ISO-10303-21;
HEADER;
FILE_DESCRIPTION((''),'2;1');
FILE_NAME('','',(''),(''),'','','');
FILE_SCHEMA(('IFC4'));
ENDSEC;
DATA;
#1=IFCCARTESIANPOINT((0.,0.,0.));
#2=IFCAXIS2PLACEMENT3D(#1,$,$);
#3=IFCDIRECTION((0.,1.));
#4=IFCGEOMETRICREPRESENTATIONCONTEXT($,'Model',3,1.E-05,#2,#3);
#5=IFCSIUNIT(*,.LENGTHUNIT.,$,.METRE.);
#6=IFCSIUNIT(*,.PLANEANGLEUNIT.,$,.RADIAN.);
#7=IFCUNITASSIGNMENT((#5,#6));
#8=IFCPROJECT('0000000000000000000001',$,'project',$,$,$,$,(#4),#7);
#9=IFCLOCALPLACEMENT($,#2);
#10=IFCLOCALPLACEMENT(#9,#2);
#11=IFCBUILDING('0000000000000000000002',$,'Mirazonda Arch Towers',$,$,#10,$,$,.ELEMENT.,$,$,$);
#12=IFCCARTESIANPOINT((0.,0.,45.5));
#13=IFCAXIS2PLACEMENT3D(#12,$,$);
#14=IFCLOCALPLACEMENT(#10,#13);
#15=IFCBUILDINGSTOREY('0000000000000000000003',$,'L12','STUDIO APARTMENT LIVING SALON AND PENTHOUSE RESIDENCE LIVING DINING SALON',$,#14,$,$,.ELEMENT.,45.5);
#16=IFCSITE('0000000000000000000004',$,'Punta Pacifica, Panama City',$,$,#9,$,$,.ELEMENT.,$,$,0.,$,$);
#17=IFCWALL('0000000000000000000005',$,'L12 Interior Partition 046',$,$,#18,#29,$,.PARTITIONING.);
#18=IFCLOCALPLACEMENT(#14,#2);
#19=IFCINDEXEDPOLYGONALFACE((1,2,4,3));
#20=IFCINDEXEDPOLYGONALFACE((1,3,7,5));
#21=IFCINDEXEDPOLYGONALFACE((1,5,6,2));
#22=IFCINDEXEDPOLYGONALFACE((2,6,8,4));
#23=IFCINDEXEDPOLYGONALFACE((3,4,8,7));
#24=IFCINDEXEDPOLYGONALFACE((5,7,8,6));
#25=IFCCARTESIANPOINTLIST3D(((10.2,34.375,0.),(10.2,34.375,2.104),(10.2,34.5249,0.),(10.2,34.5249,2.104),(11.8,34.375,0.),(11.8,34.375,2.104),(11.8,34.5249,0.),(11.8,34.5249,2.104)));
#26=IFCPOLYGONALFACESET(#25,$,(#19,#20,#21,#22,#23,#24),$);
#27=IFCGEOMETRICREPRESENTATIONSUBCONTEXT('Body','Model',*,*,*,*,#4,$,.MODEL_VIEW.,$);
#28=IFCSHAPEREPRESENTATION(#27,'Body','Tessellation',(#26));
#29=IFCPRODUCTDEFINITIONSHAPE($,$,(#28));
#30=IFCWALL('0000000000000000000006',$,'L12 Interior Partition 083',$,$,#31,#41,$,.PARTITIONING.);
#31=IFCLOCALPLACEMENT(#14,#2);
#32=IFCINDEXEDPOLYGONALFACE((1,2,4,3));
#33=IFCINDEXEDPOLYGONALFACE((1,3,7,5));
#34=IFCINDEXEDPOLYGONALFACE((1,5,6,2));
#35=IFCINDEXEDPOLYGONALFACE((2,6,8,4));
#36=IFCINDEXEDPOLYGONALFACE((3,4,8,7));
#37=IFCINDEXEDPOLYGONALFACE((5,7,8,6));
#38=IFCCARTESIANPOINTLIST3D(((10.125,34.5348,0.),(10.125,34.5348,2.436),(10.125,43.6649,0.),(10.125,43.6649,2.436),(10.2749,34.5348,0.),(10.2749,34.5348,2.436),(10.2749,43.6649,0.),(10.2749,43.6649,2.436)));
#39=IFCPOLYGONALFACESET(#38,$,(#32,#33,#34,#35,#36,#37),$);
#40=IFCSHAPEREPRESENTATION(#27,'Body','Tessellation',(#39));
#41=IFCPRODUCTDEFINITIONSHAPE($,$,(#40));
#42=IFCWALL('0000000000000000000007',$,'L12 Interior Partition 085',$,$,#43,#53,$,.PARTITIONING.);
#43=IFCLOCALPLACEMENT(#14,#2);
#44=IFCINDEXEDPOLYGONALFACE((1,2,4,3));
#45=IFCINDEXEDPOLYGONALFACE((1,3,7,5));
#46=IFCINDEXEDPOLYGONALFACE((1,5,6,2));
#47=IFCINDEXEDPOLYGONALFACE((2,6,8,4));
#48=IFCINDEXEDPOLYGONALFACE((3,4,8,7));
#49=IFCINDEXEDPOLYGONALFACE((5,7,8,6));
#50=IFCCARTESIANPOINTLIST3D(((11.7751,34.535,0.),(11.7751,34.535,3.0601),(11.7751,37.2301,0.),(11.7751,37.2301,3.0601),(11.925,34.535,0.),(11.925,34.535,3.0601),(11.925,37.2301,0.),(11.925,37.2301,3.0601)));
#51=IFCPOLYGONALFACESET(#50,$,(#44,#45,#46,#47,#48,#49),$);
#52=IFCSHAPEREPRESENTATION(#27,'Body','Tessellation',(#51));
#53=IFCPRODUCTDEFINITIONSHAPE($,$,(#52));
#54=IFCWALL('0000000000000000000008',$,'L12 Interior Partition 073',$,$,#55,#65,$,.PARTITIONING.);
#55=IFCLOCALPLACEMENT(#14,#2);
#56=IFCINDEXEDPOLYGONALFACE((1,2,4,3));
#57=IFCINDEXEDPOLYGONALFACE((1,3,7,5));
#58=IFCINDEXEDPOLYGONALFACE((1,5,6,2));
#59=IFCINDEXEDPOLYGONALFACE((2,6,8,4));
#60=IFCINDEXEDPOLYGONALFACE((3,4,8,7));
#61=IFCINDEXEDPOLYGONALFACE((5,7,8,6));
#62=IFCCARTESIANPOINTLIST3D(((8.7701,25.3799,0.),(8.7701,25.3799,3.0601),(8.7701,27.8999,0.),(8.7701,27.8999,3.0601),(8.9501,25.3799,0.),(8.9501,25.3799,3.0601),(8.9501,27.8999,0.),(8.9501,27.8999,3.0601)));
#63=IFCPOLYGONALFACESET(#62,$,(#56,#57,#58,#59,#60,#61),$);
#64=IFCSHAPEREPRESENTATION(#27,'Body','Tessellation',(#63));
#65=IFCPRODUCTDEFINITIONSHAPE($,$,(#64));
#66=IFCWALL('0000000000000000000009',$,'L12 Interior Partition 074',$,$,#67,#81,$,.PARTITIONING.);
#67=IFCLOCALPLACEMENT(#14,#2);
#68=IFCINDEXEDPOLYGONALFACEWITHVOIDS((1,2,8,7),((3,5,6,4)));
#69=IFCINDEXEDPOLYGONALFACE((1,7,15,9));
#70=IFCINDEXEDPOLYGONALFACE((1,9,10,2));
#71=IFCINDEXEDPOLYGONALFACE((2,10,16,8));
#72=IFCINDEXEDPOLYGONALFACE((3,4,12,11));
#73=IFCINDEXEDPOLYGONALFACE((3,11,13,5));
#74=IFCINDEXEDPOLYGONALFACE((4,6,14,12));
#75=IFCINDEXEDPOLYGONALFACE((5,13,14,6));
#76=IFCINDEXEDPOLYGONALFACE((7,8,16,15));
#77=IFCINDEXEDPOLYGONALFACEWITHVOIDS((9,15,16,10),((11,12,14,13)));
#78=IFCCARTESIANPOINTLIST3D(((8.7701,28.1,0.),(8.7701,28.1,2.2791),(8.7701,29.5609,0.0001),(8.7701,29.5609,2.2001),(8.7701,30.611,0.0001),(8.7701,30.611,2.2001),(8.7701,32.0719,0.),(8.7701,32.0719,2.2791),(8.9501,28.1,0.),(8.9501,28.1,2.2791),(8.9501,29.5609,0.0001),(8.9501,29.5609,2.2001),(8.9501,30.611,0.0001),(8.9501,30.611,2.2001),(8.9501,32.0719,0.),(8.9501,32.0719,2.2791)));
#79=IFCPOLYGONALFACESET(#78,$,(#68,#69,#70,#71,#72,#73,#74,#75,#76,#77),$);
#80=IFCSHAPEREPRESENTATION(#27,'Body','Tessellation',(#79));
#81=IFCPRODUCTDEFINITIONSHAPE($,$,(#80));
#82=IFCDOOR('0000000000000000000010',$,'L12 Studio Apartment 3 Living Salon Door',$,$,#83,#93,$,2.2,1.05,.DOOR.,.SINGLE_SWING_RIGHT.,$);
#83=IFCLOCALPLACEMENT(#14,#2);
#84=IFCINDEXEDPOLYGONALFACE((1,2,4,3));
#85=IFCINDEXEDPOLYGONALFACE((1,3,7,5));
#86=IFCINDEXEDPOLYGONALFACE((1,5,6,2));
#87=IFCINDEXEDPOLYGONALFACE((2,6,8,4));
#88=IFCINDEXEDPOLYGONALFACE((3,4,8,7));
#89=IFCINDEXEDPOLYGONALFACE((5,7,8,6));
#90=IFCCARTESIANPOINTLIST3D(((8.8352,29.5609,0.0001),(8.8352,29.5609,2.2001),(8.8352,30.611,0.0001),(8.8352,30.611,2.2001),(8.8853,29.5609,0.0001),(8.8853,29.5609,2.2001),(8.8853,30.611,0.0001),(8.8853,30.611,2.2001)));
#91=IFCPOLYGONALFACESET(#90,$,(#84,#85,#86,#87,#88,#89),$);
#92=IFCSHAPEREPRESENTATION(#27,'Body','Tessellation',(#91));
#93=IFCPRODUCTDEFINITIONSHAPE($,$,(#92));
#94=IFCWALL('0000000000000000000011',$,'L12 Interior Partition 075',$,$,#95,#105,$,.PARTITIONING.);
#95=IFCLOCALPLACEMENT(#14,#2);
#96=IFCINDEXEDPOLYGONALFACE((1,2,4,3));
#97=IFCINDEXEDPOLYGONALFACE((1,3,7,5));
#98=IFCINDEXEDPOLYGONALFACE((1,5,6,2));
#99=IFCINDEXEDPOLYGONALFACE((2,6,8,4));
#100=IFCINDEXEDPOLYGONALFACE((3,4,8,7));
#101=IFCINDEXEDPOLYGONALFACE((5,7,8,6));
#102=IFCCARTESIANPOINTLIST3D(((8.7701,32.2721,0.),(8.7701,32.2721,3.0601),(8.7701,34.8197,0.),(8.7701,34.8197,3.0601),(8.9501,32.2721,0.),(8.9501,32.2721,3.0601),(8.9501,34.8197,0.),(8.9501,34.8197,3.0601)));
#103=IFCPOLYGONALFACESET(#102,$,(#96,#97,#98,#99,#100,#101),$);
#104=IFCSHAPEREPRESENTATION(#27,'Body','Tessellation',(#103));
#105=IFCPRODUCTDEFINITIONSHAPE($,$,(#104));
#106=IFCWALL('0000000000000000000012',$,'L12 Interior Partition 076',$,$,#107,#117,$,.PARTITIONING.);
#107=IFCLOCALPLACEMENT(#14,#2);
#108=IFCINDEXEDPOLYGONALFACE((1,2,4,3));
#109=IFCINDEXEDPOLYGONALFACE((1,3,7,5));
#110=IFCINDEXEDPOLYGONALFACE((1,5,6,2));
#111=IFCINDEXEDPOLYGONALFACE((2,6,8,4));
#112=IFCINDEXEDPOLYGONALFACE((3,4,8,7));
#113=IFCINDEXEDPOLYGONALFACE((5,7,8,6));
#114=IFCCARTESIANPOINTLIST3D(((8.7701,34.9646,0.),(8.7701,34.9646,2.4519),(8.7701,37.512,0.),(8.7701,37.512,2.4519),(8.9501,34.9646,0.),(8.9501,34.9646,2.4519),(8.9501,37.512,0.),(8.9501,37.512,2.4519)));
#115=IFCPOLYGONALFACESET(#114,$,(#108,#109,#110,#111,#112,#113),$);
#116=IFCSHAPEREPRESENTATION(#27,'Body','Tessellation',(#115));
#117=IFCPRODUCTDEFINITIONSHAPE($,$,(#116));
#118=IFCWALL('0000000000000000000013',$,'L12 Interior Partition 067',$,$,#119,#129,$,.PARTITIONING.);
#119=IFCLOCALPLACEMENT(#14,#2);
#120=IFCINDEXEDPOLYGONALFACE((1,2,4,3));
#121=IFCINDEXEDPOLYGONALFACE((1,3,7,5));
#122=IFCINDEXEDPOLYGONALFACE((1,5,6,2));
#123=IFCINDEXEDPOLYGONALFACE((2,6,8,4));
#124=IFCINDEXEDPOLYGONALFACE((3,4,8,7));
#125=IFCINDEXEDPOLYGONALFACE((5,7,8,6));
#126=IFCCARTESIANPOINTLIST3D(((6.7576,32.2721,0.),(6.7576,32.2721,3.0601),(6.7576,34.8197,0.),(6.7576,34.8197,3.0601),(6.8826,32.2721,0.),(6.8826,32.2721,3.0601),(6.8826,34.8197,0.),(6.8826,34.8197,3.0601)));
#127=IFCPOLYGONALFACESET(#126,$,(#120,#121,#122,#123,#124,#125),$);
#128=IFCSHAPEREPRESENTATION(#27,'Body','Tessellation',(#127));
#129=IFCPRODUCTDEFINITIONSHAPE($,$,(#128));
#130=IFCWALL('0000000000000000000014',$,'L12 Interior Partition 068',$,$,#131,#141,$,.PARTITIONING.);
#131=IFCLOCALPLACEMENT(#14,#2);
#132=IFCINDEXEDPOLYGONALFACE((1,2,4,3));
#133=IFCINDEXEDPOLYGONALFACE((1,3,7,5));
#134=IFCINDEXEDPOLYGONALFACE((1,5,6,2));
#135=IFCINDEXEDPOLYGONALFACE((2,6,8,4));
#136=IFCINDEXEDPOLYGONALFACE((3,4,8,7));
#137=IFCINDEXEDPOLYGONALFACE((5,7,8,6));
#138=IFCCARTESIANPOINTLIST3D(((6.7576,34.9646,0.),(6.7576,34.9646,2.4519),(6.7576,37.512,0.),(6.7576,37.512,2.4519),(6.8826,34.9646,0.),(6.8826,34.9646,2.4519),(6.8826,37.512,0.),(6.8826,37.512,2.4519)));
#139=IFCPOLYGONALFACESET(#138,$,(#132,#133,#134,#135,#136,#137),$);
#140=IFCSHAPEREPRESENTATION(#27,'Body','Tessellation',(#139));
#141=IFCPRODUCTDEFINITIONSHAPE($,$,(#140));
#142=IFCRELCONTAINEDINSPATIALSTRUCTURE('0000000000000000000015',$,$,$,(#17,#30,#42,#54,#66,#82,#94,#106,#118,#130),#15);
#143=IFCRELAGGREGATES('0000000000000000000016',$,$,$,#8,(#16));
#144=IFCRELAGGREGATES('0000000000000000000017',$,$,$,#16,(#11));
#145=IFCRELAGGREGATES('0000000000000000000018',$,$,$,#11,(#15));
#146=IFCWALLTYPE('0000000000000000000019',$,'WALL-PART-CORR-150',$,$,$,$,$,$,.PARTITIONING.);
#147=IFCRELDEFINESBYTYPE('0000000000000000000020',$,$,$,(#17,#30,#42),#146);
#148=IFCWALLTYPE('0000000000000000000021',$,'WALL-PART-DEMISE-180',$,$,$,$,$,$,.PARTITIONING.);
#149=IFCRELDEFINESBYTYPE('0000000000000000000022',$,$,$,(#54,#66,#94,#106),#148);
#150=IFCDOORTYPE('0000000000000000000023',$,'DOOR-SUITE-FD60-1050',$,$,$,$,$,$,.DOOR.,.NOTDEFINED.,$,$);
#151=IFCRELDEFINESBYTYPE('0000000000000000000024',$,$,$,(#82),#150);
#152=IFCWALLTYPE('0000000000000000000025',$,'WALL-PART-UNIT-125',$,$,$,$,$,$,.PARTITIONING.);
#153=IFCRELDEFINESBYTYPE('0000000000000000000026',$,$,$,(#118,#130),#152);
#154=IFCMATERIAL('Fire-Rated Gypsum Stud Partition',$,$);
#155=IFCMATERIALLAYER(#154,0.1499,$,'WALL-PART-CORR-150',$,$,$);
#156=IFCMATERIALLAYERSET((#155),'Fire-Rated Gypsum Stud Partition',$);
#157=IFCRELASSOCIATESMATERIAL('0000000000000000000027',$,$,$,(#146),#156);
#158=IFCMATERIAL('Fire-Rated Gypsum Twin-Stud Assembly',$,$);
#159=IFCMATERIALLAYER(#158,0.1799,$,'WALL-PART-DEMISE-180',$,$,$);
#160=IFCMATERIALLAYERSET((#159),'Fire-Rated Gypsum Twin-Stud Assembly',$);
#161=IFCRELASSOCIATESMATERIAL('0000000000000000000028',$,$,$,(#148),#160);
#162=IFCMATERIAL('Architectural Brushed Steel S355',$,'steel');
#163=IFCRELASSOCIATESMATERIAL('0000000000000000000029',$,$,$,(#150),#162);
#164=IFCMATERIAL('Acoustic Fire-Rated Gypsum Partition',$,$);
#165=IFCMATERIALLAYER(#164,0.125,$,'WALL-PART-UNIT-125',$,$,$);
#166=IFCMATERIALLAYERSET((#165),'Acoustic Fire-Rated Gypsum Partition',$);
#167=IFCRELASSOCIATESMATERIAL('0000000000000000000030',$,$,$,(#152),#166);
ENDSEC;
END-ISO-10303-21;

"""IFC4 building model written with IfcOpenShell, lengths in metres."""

from ifc_helpers import new_model, si_unit, direction, frame, frame_2d, origin, place, context, subcontext, project, spatial, rectangle, extrude, material, layer, layer_set, type_object, element, fill, save


model = new_model("IFC4")

# Units and contexts
model_context = context("Model", 3, precision=1e-05, world=origin(), true_north=direction((0.0, 1.0)))
body_context = subcontext(model_context, "Body", "Model", "MODEL_VIEW")
ifc_project = project(units=[si_unit("LENGTHUNIT", "METRE"), si_unit("PLANEANGLEUNIT", "RADIAN")], contexts=[model_context])

# Site, building, storey
site_placement = place(None, origin())
site = spatial("IfcSite", under=ifc_project, at=site_placement, Name="Punta Pacifica, Panama City", CompositionType="ELEMENT", RefElevation=0.0)
building_placement = place(site_placement, origin())
building = spatial("IfcBuilding", under=site, at=building_placement, Name="Mirazonda Arch Towers", CompositionType="ELEMENT")
storey_placement = place(building_placement, frame((0.0, 0.0, 45.5)))
storey = spatial("IfcBuildingStorey", under=building, at=storey_placement, Name="L12", Description="STUDIO APARTMENT LIVING SALON AND PENTHOUSE RESIDENCE LIVING DINING SALON", CompositionType="ELEMENT", Elevation=45.5)

# Shared definitions
ifc_material_1 = material(Name="Architectural Brushed Steel S355", Category="steel")
ifc_material_2 = material(Name="Fire-Rated Gypsum Stud Partition")
ifc_layer_1 = layer(ifc_material_2, 0.1499, Name="WALL-PART-CORR-150")
ifc_layer_set_1 = layer_set([ifc_layer_1], Name="Fire-Rated Gypsum Stud Partition")
wall_type_1 = type_object("IfcWallType", Name="WALL-PART-CORR-150", PredefinedType="PARTITIONING", material=ifc_layer_set_1)

# Walls
wall_1_placement = place(storey_placement, frame((10.2, 34.45, 0.0), z_axis=(0.0, 0.0, 1.0), x_axis=(1.0, 0.0, 0.0)))
element("IfcWall", 1, at=wall_1_placement, inside=storey, type_object=wall_type_1, Name="L12 Interior Partition 046", PredefinedType="PARTITIONING", context=body_context, shape_type="SweptSolid", body=[
    extrude(rectangle(XDim=1.6001, YDim=0.1499, at=frame_2d((0.8, 0.0))), origin(), (0.0, 0.0, 1.0), 2.104),
])
wall_2_placement = place(storey_placement, frame((10.2, 34.5349, 0.0), z_axis=(0.0, 0.0, 1.0), x_axis=(0.0, 1.0, 0.0)))
element("IfcWall", 2, at=wall_2_placement, inside=storey, type_object=wall_type_1, Name="L12 Interior Partition 083", PredefinedType="PARTITIONING", context=body_context, shape_type="SweptSolid", body=[
    extrude(rectangle(XDim=9.1301, YDim=0.1499, at=frame_2d((4.5649, 0.0))), origin(), (0.0, 0.0, 1.0), 2.436),
])
wall_3_placement = place(storey_placement, frame((11.8501, 34.5349, 0.0), z_axis=(0.0, 0.0, 1.0), x_axis=(0.0, 1.0, 0.0)))
element("IfcWall", 3, at=wall_3_placement, inside=storey, type_object=wall_type_1, Name="L12 Interior Partition 085", PredefinedType="PARTITIONING", context=body_context, shape_type="SweptSolid", body=[
    extrude(rectangle(XDim=2.6951, YDim=0.1499, at=frame_2d((1.3477, 0.0))), origin(), (0.0, 0.0, 1.0), 3.0601),
])
ifc_material_3 = material(Name="Fire-Rated Gypsum Twin-Stud Assembly")
ifc_layer_2 = layer(ifc_material_3, 0.1799, Name="WALL-PART-DEMISE-180")
ifc_layer_set_2 = layer_set([ifc_layer_2], Name="Fire-Rated Gypsum Twin-Stud Assembly")
wall_type_2 = type_object("IfcWallType", Name="WALL-PART-DEMISE-180", PredefinedType="PARTITIONING", material=ifc_layer_set_2)
wall_4_placement = place(storey_placement, frame((8.8601, 25.3799, 0.0), z_axis=(0.0, 0.0, 1.0), x_axis=(0.0, 1.0, 0.0)))
element("IfcWall", 4, at=wall_4_placement, inside=storey, type_object=wall_type_2, Name="L12 Interior Partition 073", PredefinedType="PARTITIONING", context=body_context, shape_type="SweptSolid", body=[
    extrude(rectangle(XDim=2.52, YDim=0.1799, at=frame_2d((1.26, 0.0))), origin(), (0.0, 0.0, 1.0), 3.0601),
])

# Wall, opening, door
wall_5_placement = place(storey_placement, frame((8.8601, 28.1001, 0.0), z_axis=(0.0, 0.0, 1.0), x_axis=(0.0, 1.0, 0.0)))
wall_5 = element("IfcWall", 5, at=wall_5_placement, inside=storey, type_object=wall_type_2, Name="L12 Interior Partition 074", PredefinedType="PARTITIONING", context=body_context, shape_type="SweptSolid", body=[
    extrude(rectangle(XDim=3.9719, YDim=0.1799, at=frame_2d((1.9858, 0.0))), origin(), (0.0, 0.0, 1.0), 2.2791),
])
opening_1_placement = place(wall_5_placement, frame((1.4609, 0.0, 0.0)))
opening_1 = element("IfcOpeningElement", 6, at=opening_1_placement, cuts=wall_5, PredefinedType="OPENING", context=body_context, shape_type="SweptSolid", body=[
    extrude(rectangle(XDim=1.05, YDim=2.2, at=frame_2d((0.5249, 1.1001))), frame((0.0, 0.0999, 0.0), z_axis=(0.0, -1.0, 0.0), x_axis=(1.0, 0.0, 0.0)), (0.0, 0.0, 1.0), 0.2),
])
door_type_1 = type_object("IfcDoorType", Name="DOOR-SUITE-FD60-1050", OperationType="NOTDEFINED", PredefinedType="DOOR", material=ifc_material_1)
door_1_placement = place(opening_1_placement, origin())
door_1 = element("IfcDoor", 7, at=door_1_placement, inside=storey, type_object=door_type_1, Name="L12 Studio Apartment 3 Living Salon Door", OperationType="SINGLE_SWING_RIGHT", OverallHeight=2.2, OverallWidth=1.05, PredefinedType="DOOR", context=body_context, shape_type="SweptSolid", body=[
    extrude(rectangle(XDim=1.05, YDim=2.2, at=frame_2d((0.5249, 1.1001))), frame((0.0, 0.0249, 0.0), z_axis=(0.0, -1.0, 0.0), x_axis=(1.0, 0.0, 0.0)), (0.0, 0.0, 1.0), 0.05),
])
fill(opening_1, door_1)

# Walls
wall_6_placement = place(storey_placement, frame((8.8601, 32.272, 0.0), z_axis=(0.0, 0.0, 1.0), x_axis=(0.0, 1.0, 0.0)))
element("IfcWall", 8, at=wall_6_placement, inside=storey, type_object=wall_type_2, Name="L12 Interior Partition 075", PredefinedType="PARTITIONING", context=body_context, shape_type="SweptSolid", body=[
    extrude(rectangle(XDim=2.5476, YDim=0.1799, at=frame_2d((1.2739, 0.0))), origin(), (0.0, 0.0, 1.0), 3.0601),
])
wall_7_placement = place(storey_placement, frame((8.8601, 34.9646, 0.0), z_axis=(0.0, 0.0, 1.0), x_axis=(0.0, 1.0, 0.0)))
element("IfcWall", 9, at=wall_7_placement, inside=storey, type_object=wall_type_2, Name="L12 Interior Partition 076", PredefinedType="PARTITIONING", context=body_context, shape_type="SweptSolid", body=[
    extrude(rectangle(XDim=2.5474, YDim=0.1799, at=frame_2d((1.2737, 0.0))), origin(), (0.0, 0.0, 1.0), 2.4519),
])
ifc_material_4 = material(Name="Acoustic Fire-Rated Gypsum Partition")
ifc_layer_3 = layer(ifc_material_4, 0.125, Name="WALL-PART-UNIT-125")
ifc_layer_set_3 = layer_set([ifc_layer_3], Name="Acoustic Fire-Rated Gypsum Partition")
wall_type_3 = type_object("IfcWallType", Name="WALL-PART-UNIT-125", PredefinedType="PARTITIONING", material=ifc_layer_set_3)
wall_8_placement = place(storey_placement, frame((6.8201, 32.272, 0.0), z_axis=(0.0, 0.0, 1.0), x_axis=(0.0, 1.0, 0.0)))
element("IfcWall", 10, at=wall_8_placement, inside=storey, type_object=wall_type_3, Name="L12 Interior Partition 067", PredefinedType="PARTITIONING", context=body_context, shape_type="SweptSolid", body=[
    extrude(rectangle(XDim=2.5476, YDim=0.125, at=frame_2d((1.2739, 0.0))), origin(), (0.0, 0.0, 1.0), 3.0601),
])
wall_9_placement = place(storey_placement, frame((6.8201, 34.9646, 0.0), z_axis=(0.0, 0.0, 1.0), x_axis=(0.0, 1.0, 0.0)))
element("IfcWall", 11, at=wall_9_placement, inside=storey, type_object=wall_type_3, Name="L12 Interior Partition 068", PredefinedType="PARTITIONING", context=body_context, shape_type="SweptSolid", body=[
    extrude(rectangle(XDim=2.5474, YDim=0.125, at=frame_2d((1.2737, 0.0))), origin(), (0.0, 0.0, 1.0), 2.4519),
])

save(model, "model.ifc")
